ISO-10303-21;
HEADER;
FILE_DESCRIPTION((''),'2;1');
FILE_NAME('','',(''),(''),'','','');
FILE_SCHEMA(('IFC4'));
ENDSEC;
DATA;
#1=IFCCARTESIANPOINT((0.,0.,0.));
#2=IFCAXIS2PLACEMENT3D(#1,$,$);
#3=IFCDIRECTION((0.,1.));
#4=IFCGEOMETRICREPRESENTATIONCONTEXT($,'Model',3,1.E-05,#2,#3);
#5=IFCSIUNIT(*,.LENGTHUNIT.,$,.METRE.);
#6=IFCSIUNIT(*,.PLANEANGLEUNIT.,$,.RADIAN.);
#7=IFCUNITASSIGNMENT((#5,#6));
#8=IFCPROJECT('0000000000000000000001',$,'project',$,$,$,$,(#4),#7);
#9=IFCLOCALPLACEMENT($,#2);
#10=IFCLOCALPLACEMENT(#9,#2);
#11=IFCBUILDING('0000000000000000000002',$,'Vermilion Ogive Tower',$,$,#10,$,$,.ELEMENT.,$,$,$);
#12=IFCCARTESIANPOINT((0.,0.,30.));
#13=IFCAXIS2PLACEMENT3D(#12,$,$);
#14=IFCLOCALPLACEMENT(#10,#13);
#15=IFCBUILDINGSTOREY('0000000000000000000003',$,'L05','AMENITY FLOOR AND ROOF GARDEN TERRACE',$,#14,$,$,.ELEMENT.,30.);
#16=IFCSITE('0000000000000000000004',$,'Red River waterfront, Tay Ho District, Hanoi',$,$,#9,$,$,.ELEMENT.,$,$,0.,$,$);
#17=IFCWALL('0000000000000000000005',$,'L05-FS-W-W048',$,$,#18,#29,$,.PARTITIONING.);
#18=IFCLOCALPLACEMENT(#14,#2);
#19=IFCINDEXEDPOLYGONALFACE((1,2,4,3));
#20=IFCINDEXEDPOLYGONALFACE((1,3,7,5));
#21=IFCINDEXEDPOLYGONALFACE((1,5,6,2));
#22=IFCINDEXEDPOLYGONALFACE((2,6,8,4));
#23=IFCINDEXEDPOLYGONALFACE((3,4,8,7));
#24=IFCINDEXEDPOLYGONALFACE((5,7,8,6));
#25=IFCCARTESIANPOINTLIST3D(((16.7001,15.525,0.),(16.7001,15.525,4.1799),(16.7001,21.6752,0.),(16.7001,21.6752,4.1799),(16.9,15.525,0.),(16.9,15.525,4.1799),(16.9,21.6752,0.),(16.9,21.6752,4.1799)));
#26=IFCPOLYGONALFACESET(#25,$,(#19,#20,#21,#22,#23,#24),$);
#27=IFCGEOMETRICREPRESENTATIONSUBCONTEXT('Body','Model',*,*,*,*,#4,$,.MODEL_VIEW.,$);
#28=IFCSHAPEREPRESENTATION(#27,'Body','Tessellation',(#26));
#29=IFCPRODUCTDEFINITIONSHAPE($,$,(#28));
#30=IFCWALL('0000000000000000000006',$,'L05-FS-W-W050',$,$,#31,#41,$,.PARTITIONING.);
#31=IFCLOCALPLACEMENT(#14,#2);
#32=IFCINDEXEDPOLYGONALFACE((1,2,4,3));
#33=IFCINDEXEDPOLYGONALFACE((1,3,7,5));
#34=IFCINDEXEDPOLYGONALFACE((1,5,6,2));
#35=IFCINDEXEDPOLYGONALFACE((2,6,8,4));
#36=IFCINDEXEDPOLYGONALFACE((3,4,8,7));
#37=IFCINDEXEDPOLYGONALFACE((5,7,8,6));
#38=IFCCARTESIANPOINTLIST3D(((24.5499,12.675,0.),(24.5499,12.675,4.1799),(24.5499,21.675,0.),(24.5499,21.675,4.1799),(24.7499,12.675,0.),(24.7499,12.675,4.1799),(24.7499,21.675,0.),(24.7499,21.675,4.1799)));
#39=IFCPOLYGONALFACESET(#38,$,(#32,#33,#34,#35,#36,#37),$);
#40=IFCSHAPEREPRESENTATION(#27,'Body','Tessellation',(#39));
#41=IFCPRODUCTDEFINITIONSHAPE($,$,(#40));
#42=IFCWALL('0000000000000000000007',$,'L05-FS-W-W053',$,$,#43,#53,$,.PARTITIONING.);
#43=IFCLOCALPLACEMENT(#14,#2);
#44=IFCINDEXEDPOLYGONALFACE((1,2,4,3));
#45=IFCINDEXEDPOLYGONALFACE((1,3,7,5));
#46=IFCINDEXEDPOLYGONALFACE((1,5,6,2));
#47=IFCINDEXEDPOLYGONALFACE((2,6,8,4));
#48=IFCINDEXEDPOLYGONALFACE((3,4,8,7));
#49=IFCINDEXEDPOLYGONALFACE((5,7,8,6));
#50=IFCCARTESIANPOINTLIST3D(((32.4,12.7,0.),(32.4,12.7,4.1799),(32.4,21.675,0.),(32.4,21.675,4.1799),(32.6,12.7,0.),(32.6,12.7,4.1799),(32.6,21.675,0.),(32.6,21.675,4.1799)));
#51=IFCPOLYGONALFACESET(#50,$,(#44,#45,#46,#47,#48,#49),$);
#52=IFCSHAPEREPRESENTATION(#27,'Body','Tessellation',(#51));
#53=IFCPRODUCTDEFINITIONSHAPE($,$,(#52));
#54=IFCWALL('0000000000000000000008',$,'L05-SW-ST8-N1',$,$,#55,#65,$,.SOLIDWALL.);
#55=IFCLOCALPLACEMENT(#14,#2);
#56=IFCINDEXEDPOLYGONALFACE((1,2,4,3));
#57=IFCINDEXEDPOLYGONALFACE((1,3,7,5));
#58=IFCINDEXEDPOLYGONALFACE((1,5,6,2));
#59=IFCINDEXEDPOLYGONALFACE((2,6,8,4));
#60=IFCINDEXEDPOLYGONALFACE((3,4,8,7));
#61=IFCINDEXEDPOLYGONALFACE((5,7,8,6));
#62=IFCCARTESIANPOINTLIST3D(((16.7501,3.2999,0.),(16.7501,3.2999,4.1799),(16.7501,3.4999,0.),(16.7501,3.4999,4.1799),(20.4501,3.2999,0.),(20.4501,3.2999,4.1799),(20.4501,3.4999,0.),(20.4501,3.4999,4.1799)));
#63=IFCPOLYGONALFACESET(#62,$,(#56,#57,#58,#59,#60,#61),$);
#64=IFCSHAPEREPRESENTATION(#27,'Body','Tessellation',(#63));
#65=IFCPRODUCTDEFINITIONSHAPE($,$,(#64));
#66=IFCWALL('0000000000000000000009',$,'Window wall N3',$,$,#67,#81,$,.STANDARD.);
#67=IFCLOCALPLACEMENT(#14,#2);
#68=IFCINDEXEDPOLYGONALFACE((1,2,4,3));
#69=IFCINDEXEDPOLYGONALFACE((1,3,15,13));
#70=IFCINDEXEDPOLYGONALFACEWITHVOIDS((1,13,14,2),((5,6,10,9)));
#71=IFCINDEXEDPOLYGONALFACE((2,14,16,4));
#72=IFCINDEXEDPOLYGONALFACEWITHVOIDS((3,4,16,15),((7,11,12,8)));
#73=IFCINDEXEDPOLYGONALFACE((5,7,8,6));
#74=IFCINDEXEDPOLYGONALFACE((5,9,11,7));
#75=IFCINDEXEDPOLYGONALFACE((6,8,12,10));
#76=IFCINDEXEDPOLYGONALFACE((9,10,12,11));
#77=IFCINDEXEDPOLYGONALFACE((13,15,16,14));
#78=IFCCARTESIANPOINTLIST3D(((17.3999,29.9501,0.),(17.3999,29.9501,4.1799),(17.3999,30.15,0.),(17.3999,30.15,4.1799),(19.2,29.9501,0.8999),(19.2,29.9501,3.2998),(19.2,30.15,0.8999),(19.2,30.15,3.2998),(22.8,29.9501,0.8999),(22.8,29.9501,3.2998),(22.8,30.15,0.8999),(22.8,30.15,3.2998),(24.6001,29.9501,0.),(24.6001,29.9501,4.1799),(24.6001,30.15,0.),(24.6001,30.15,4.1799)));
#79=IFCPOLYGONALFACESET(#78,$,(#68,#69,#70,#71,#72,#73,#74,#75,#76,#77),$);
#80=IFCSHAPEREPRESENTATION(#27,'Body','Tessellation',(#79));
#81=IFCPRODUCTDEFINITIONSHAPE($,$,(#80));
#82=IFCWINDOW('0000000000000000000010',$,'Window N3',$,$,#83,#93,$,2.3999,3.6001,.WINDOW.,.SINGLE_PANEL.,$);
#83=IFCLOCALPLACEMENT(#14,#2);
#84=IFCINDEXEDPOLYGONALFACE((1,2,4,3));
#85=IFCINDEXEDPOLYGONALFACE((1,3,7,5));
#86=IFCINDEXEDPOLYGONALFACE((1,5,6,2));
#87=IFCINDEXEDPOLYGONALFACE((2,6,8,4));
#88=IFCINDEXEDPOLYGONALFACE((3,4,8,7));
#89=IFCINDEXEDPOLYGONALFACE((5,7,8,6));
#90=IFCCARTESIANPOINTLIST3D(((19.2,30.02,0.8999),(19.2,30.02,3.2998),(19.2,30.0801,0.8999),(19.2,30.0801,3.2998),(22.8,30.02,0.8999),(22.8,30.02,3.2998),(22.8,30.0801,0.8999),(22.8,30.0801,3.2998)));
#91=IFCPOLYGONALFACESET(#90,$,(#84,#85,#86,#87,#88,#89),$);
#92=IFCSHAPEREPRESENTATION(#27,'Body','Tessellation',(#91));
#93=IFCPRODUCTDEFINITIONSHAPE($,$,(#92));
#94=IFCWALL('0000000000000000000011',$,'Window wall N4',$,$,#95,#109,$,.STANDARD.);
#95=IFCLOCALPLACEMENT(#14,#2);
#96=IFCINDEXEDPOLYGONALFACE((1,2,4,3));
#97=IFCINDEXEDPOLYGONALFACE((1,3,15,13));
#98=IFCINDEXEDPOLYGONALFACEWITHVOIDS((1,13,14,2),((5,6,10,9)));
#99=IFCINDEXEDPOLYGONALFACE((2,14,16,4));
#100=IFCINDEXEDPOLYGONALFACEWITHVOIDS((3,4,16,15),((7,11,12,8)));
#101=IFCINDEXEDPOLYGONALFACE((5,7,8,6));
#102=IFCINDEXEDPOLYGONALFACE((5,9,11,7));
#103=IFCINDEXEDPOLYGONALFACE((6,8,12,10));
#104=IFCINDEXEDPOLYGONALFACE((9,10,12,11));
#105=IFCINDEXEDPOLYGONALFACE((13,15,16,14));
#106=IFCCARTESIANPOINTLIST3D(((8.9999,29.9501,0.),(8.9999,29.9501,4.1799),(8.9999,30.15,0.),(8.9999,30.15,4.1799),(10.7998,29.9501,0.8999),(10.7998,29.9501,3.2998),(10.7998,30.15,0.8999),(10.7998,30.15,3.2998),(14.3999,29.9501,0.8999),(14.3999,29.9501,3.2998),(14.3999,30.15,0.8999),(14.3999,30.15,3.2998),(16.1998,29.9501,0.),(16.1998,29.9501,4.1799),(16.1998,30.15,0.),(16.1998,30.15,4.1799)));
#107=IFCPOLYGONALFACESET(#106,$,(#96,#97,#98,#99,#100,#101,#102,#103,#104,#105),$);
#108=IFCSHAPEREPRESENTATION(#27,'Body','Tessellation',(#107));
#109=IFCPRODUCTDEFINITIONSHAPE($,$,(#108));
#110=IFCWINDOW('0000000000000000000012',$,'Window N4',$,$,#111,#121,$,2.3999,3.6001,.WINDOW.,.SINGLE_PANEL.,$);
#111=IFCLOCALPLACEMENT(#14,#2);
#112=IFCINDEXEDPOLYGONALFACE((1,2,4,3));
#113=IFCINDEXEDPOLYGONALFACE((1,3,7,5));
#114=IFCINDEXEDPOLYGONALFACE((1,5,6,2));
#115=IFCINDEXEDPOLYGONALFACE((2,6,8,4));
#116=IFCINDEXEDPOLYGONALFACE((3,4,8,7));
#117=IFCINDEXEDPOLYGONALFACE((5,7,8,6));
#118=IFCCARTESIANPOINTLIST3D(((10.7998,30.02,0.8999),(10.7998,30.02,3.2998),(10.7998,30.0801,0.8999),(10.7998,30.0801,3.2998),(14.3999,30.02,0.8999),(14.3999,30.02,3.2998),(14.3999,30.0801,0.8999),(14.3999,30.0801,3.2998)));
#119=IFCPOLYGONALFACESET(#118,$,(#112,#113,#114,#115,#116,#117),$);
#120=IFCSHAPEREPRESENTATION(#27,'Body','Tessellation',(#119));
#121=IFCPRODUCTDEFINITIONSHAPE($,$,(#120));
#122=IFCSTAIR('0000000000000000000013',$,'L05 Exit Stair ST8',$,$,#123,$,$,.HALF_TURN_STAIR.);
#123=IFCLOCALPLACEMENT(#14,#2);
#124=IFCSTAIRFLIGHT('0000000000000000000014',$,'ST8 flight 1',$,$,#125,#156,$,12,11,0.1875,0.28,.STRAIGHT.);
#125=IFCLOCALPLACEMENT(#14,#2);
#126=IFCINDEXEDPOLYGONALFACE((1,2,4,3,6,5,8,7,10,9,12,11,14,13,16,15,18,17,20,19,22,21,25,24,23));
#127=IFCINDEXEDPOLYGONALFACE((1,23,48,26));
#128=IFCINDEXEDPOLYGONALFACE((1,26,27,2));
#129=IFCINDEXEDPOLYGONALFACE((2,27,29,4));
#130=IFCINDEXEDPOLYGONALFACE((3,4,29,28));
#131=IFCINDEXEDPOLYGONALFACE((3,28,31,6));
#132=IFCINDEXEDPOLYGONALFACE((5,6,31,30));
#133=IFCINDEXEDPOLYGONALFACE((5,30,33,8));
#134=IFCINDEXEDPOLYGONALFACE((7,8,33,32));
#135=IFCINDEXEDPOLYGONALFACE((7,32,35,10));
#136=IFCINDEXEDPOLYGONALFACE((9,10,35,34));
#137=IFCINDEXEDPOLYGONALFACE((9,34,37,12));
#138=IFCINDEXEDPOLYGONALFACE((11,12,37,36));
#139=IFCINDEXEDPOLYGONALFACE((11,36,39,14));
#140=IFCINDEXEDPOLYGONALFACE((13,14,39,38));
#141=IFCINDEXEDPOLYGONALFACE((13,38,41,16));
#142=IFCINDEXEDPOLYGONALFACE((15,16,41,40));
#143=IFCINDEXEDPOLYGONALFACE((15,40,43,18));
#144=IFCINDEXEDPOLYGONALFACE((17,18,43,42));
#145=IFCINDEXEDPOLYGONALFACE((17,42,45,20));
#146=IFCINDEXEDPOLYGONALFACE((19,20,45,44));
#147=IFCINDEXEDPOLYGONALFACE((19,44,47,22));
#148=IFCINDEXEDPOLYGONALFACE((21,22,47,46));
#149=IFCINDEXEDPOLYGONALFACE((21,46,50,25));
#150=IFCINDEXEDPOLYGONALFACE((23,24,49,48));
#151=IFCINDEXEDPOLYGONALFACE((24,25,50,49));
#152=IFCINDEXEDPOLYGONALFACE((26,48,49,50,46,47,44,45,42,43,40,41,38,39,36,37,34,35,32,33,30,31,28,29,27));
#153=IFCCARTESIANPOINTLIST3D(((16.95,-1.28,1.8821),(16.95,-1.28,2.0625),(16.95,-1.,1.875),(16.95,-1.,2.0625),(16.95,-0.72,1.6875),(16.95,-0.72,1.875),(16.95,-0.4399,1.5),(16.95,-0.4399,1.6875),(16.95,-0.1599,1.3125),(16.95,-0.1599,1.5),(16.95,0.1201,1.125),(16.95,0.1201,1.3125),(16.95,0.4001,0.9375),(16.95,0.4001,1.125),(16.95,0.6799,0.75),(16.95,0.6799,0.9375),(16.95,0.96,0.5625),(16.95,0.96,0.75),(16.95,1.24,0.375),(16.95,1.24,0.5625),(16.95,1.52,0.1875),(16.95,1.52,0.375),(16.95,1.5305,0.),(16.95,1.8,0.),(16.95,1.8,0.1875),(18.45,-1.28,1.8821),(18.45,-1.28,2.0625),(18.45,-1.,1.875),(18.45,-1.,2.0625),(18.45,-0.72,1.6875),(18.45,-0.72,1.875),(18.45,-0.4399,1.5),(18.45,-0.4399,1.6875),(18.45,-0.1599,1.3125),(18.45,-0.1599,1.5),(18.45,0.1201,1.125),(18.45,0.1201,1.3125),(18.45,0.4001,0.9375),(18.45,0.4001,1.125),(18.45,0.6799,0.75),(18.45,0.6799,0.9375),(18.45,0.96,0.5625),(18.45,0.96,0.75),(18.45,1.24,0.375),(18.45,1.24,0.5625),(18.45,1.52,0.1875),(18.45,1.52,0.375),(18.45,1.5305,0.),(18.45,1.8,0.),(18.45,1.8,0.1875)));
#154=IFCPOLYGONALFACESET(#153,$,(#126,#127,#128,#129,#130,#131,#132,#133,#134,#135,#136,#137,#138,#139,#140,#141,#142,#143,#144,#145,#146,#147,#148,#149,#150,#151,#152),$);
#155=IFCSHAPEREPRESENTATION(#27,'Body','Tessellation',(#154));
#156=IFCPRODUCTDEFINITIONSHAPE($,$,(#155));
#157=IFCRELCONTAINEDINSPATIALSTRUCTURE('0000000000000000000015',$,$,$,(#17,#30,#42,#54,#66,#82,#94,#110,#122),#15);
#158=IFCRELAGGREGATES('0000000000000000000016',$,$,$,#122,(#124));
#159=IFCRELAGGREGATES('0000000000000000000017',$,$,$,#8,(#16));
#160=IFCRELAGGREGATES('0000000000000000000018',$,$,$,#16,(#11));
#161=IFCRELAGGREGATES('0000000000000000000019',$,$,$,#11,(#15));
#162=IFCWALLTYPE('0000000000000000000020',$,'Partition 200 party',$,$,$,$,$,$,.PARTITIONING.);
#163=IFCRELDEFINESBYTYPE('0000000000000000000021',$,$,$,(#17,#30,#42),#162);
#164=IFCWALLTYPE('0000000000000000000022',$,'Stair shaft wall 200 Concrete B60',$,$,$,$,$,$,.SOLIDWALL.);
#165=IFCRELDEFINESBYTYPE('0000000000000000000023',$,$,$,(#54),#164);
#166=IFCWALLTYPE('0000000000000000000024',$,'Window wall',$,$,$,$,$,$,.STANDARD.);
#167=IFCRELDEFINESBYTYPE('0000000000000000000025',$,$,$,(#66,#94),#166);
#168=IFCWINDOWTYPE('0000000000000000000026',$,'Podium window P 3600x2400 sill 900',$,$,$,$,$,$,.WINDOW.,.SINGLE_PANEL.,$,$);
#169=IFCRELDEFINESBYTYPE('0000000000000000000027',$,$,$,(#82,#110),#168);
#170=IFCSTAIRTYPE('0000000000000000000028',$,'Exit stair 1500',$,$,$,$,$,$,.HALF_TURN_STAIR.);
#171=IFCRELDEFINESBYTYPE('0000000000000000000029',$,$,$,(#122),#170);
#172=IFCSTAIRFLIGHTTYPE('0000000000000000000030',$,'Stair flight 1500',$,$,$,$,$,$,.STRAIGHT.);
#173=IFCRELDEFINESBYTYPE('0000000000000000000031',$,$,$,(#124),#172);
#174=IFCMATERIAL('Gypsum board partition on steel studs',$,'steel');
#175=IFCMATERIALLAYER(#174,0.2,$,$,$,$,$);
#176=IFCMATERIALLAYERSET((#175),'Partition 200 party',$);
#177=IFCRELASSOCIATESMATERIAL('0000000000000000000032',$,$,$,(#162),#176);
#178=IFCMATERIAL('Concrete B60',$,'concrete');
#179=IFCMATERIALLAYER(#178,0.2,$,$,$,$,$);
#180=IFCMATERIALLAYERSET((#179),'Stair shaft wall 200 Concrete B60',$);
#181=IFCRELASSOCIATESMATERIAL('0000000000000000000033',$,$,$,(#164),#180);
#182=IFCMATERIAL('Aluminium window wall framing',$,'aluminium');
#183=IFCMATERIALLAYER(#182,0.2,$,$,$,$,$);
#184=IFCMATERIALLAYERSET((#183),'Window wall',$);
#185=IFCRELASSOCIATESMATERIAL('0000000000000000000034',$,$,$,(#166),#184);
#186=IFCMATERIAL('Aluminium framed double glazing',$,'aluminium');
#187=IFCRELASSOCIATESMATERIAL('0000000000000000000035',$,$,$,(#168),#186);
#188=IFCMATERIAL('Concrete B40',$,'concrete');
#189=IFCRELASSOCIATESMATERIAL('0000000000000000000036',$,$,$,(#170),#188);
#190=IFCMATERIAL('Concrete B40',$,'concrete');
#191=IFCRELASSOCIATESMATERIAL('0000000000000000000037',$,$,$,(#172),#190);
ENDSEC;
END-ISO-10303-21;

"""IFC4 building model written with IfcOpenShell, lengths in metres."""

from ifc_helpers import new_model, si_unit, direction, frame, frame_2d, origin, place, context, subcontext, project, spatial, polyline, rectangle, outline, extrude, material, layer, layer_set, type_object, element, fill, aggregate, save


model = new_model("IFC4")

# Units and contexts
model_context = context("Model", 3, precision=1e-05, world=origin(), true_north=direction((0.0, 1.0)))
body_context = subcontext(model_context, "Body", "Model", "MODEL_VIEW")
ifc_project = project(units=[si_unit("LENGTHUNIT", "METRE"), si_unit("PLANEANGLEUNIT", "RADIAN")], contexts=[model_context])

# Site, building, storey
site_placement = place(None, origin())
site = spatial("IfcSite", under=ifc_project, at=site_placement, Name="Red River waterfront, Tay Ho District, Hanoi", CompositionType="ELEMENT", RefElevation=0.0)
building_placement = place(site_placement, origin())
building = spatial("IfcBuilding", under=site, at=building_placement, Name="Vermilion Ogive Tower", CompositionType="ELEMENT")
storey_placement = place(building_placement, frame((0.0, 0.0, 30.0)))
storey = spatial("IfcBuildingStorey", under=building, at=storey_placement, Name="L05", Description="AMENITY FLOOR AND ROOF GARDEN TERRACE", CompositionType="ELEMENT", Elevation=30.0)

# Shared definitions
ifc_material_1 = material(Name="Gypsum board partition on steel studs", Category="steel")
ifc_layer_1 = layer(ifc_material_1, 0.2)
ifc_layer_set_1 = layer_set([ifc_layer_1], Name="Partition 200 party")
wall_type_1 = type_object("IfcWallType", Name="Partition 200 party", PredefinedType="PARTITIONING", material=ifc_layer_set_1)

# Walls
wall_1_placement = place(storey_placement, frame((16.8, 15.5249, 0.0), z_axis=(0.0, 0.0, 1.0), x_axis=(0.0, 1.0, 0.0)))
element("IfcWall", 1, at=wall_1_placement, inside=storey, type_object=wall_type_1, Name="L05-FS-W-W048", PredefinedType="PARTITIONING", context=body_context, shape_type="SweptSolid", body=[
    extrude(rectangle(XDim=6.1501, YDim=0.2, at=frame_2d((3.0752, 0.0))), origin(), (0.0, 0.0, 1.0), 4.1799),
])
wall_2_placement = place(storey_placement, frame((24.6499, 12.675, 0.0), z_axis=(0.0, 0.0, 1.0), x_axis=(0.0, 1.0, 0.0)))
element("IfcWall", 2, at=wall_2_placement, inside=storey, type_object=wall_type_1, Name="L05-FS-W-W050", PredefinedType="PARTITIONING", context=body_context, shape_type="SweptSolid", body=[
    extrude(rectangle(XDim=9.0, YDim=0.2, at=frame_2d((4.5, 0.0))), origin(), (0.0, 0.0, 1.0), 4.1799),
])
wall_3_placement = place(storey_placement, frame((32.5, 12.7, 0.0), z_axis=(0.0, 0.0, 1.0), x_axis=(0.0, 1.0, 0.0)))
element("IfcWall", 3, at=wall_3_placement, inside=storey, type_object=wall_type_1, Name="L05-FS-W-W053", PredefinedType="PARTITIONING", context=body_context, shape_type="SweptSolid", body=[
    extrude(rectangle(XDim=8.9751, YDim=0.2, at=frame_2d((4.4875, 0.0))), origin(), (0.0, 0.0, 1.0), 4.1799),
])
ifc_material_2 = material(Name="Concrete B60", Category="concrete")
ifc_layer_2 = layer(ifc_material_2, 0.2)
ifc_layer_set_2 = layer_set([ifc_layer_2], Name="Stair shaft wall 200 Concrete B60")
wall_type_2 = type_object("IfcWallType", Name="Stair shaft wall 200 Concrete B60", PredefinedType="SOLIDWALL", material=ifc_layer_set_2)
wall_4_placement = place(storey_placement, frame((16.75, 3.3999, 0.0), z_axis=(0.0, 0.0, 1.0), x_axis=(1.0, 0.0, 0.0)))
element("IfcWall", 4, at=wall_4_placement, inside=storey, type_object=wall_type_2, Name="L05-SW-ST8-N1", PredefinedType="SOLIDWALL", context=body_context, shape_type="SweptSolid", body=[
    extrude(rectangle(XDim=3.7, YDim=0.2, at=frame_2d((1.8501, 0.0))), origin(), (0.0, 0.0, 1.0), 4.1799),
])

# Walls, openings, windows
ifc_material_3 = material(Name="Aluminium window wall framing", Category="aluminium")
ifc_layer_3 = layer(ifc_material_3, 0.2)
ifc_layer_set_3 = layer_set([ifc_layer_3], Name="Window wall")
wall_type_3 = type_object("IfcWallType", Name="Window wall", PredefinedType="STANDARD", material=ifc_layer_set_3)
wall_5_placement = place(storey_placement, frame((24.6001, 30.05, 0.0), z_axis=(0.0, 0.0, 1.0), x_axis=(-1.0, 0.0, 0.0)))
wall_5 = element("IfcWall", 5, at=wall_5_placement, inside=storey, type_object=wall_type_3, Name="Window wall N3", PredefinedType="STANDARD", context=body_context, shape_type="SweptSolid", body=[
    extrude(rectangle(XDim=7.2002, YDim=0.2, at=frame_2d((3.6001, 0.0))), origin(), (0.0, 0.0, 1.0), 4.1799),
])
opening_1_placement = place(wall_5_placement, frame((1.8, 0.0, 0.8999)))
opening_1 = element("IfcOpeningElement", 6, at=opening_1_placement, cuts=wall_5, PredefinedType="OPENING", context=body_context, shape_type="SweptSolid", body=[
    extrude(rectangle(XDim=3.6001, YDim=2.3999, at=frame_2d((1.8, 1.2))), frame((0.0, 0.1099, 0.0), z_axis=(0.0, -1.0, 0.0), x_axis=(1.0, 0.0, 0.0)), (0.0, 0.0, 1.0), 0.22),
])
ifc_material_4 = material(Name="Aluminium framed double glazing", Category="aluminium")
window_type = type_object("IfcWindowType", Name="Podium window P 3600x2400 sill 900", PartitioningType="SINGLE_PANEL", PredefinedType="WINDOW", material=ifc_material_4)
window_1_placement = place(opening_1_placement, origin())
window_1 = element("IfcWindow", 7, at=window_1_placement, inside=storey, type_object=window_type, Name="Window N3", OverallHeight=2.3999, OverallWidth=3.6001, PartitioningType="SINGLE_PANEL", PredefinedType="WINDOW", context=body_context, shape_type="SweptSolid", body=[
    extrude(rectangle(XDim=3.6001, YDim=2.3999, at=frame_2d((1.8, 1.2))), frame((0.0, 0.03, 0.0), z_axis=(0.0, -1.0, 0.0), x_axis=(1.0, 0.0, 0.0)), (0.0, 0.0, 1.0), 0.0601),
])
fill(opening_1, window_1)
wall_6_placement = place(storey_placement, frame((16.2, 30.05, 0.0), z_axis=(0.0, 0.0, 1.0), x_axis=(-1.0, 0.0, 0.0)))
wall_6 = element("IfcWall", 8, at=wall_6_placement, inside=storey, type_object=wall_type_3, Name="Window wall N4", PredefinedType="STANDARD", context=body_context, shape_type="SweptSolid", body=[
    extrude(rectangle(XDim=7.2, YDim=0.2, at=frame_2d((3.6001, 0.0))), origin(), (0.0, 0.0, 1.0), 4.1799),
])
opening_2_placement = place(wall_6_placement, frame((1.8, 0.0, 0.8999)))
opening_2 = element("IfcOpeningElement", 9, at=opening_2_placement, cuts=wall_6, PredefinedType="OPENING", context=body_context, shape_type="SweptSolid", body=[
    extrude(rectangle(XDim=3.6001, YDim=2.3999, at=frame_2d((1.8, 1.2))), frame((0.0, 0.1099, 0.0), z_axis=(0.0, -1.0, 0.0), x_axis=(1.0, 0.0, 0.0)), (0.0, 0.0, 1.0), 0.22),
])
window_2_placement = place(opening_2_placement, origin())
window_2 = element("IfcWindow", 10, at=window_2_placement, inside=storey, type_object=window_type, Name="Window N4", OverallHeight=2.3999, OverallWidth=3.6001, PartitioningType="SINGLE_PANEL", PredefinedType="WINDOW", context=body_context, shape_type="SweptSolid", body=[
    extrude(rectangle(XDim=3.6001, YDim=2.3999, at=frame_2d((1.8, 1.2))), frame((0.0, 0.03, 0.0), z_axis=(0.0, -1.0, 0.0), x_axis=(1.0, 0.0, 0.0)), (0.0, 0.0, 1.0), 0.0601),
])
fill(opening_2, window_2)

# Stair, stair flight
ifc_material_5 = material(Name="Concrete B40", Category="concrete")
stair_type = type_object("IfcStairType", Name="Exit stair 1500", PredefinedType="HALF_TURN_STAIR", material=ifc_material_5)
stair_placement = place(storey_placement, origin())
stair = element("IfcStair", 11, at=stair_placement, inside=storey, type_object=stair_type, Name="L05 Exit Stair ST8", PredefinedType="HALF_TURN_STAIR")
ifc_material_6 = material(Name="Concrete B40", Category="concrete")
stair_flight_type = type_object("IfcStairFlightType", Name="Stair flight 1500", PredefinedType="STRAIGHT", material=ifc_material_6)
stair_flight_placement = place(storey_placement, frame((17.7, 1.8, 0.0), z_axis=(0.0, 0.0, 1.0), x_axis=(0.0, -1.0, 0.0)))
stair_flight = element("IfcStairFlight", 12, at=stair_flight_placement, type_object=stair_flight_type, Name="ST8 flight 1", NumberOfRisers=12, NumberOfTreads=11, PredefinedType="STRAIGHT", RiserHeight=0.1875, TreadLength=0.28, context=body_context, shape_type="SweptSolid", body=[
    extrude(outline(polyline([(0.0, 0.0), (0.0, 0.1875), (0.28, 0.1875), (0.28, 0.375), (0.5601, 0.375), (0.5601, 0.5625), (0.8401, 0.5625), (0.8401, 0.75), (1.1201, 0.75), (1.1201, 0.9375), (1.3999, 0.9375), (1.3999, 1.125), (1.6799, 1.125), (1.6799, 1.3125), (1.96, 1.3125), (1.96, 1.5), (2.24, 1.5), (2.24, 1.6875), (2.52, 1.6875), (2.52, 1.875), (2.8, 1.875), (2.8, 2.0625), (3.0801, 2.0625), (3.0801, 2.25), (3.0801, 1.8821), (0.2695, 0.0), (0.0, 0.0)])), frame((0.0, 0.75, 0.0), z_axis=(0.0, -1.0, 0.0), x_axis=(1.0, 0.0, 0.0)), (0.0, 0.0, 1.0), 1.5),
])
aggregate(stair, [stair_flight])

save(model, "model.ifc")
